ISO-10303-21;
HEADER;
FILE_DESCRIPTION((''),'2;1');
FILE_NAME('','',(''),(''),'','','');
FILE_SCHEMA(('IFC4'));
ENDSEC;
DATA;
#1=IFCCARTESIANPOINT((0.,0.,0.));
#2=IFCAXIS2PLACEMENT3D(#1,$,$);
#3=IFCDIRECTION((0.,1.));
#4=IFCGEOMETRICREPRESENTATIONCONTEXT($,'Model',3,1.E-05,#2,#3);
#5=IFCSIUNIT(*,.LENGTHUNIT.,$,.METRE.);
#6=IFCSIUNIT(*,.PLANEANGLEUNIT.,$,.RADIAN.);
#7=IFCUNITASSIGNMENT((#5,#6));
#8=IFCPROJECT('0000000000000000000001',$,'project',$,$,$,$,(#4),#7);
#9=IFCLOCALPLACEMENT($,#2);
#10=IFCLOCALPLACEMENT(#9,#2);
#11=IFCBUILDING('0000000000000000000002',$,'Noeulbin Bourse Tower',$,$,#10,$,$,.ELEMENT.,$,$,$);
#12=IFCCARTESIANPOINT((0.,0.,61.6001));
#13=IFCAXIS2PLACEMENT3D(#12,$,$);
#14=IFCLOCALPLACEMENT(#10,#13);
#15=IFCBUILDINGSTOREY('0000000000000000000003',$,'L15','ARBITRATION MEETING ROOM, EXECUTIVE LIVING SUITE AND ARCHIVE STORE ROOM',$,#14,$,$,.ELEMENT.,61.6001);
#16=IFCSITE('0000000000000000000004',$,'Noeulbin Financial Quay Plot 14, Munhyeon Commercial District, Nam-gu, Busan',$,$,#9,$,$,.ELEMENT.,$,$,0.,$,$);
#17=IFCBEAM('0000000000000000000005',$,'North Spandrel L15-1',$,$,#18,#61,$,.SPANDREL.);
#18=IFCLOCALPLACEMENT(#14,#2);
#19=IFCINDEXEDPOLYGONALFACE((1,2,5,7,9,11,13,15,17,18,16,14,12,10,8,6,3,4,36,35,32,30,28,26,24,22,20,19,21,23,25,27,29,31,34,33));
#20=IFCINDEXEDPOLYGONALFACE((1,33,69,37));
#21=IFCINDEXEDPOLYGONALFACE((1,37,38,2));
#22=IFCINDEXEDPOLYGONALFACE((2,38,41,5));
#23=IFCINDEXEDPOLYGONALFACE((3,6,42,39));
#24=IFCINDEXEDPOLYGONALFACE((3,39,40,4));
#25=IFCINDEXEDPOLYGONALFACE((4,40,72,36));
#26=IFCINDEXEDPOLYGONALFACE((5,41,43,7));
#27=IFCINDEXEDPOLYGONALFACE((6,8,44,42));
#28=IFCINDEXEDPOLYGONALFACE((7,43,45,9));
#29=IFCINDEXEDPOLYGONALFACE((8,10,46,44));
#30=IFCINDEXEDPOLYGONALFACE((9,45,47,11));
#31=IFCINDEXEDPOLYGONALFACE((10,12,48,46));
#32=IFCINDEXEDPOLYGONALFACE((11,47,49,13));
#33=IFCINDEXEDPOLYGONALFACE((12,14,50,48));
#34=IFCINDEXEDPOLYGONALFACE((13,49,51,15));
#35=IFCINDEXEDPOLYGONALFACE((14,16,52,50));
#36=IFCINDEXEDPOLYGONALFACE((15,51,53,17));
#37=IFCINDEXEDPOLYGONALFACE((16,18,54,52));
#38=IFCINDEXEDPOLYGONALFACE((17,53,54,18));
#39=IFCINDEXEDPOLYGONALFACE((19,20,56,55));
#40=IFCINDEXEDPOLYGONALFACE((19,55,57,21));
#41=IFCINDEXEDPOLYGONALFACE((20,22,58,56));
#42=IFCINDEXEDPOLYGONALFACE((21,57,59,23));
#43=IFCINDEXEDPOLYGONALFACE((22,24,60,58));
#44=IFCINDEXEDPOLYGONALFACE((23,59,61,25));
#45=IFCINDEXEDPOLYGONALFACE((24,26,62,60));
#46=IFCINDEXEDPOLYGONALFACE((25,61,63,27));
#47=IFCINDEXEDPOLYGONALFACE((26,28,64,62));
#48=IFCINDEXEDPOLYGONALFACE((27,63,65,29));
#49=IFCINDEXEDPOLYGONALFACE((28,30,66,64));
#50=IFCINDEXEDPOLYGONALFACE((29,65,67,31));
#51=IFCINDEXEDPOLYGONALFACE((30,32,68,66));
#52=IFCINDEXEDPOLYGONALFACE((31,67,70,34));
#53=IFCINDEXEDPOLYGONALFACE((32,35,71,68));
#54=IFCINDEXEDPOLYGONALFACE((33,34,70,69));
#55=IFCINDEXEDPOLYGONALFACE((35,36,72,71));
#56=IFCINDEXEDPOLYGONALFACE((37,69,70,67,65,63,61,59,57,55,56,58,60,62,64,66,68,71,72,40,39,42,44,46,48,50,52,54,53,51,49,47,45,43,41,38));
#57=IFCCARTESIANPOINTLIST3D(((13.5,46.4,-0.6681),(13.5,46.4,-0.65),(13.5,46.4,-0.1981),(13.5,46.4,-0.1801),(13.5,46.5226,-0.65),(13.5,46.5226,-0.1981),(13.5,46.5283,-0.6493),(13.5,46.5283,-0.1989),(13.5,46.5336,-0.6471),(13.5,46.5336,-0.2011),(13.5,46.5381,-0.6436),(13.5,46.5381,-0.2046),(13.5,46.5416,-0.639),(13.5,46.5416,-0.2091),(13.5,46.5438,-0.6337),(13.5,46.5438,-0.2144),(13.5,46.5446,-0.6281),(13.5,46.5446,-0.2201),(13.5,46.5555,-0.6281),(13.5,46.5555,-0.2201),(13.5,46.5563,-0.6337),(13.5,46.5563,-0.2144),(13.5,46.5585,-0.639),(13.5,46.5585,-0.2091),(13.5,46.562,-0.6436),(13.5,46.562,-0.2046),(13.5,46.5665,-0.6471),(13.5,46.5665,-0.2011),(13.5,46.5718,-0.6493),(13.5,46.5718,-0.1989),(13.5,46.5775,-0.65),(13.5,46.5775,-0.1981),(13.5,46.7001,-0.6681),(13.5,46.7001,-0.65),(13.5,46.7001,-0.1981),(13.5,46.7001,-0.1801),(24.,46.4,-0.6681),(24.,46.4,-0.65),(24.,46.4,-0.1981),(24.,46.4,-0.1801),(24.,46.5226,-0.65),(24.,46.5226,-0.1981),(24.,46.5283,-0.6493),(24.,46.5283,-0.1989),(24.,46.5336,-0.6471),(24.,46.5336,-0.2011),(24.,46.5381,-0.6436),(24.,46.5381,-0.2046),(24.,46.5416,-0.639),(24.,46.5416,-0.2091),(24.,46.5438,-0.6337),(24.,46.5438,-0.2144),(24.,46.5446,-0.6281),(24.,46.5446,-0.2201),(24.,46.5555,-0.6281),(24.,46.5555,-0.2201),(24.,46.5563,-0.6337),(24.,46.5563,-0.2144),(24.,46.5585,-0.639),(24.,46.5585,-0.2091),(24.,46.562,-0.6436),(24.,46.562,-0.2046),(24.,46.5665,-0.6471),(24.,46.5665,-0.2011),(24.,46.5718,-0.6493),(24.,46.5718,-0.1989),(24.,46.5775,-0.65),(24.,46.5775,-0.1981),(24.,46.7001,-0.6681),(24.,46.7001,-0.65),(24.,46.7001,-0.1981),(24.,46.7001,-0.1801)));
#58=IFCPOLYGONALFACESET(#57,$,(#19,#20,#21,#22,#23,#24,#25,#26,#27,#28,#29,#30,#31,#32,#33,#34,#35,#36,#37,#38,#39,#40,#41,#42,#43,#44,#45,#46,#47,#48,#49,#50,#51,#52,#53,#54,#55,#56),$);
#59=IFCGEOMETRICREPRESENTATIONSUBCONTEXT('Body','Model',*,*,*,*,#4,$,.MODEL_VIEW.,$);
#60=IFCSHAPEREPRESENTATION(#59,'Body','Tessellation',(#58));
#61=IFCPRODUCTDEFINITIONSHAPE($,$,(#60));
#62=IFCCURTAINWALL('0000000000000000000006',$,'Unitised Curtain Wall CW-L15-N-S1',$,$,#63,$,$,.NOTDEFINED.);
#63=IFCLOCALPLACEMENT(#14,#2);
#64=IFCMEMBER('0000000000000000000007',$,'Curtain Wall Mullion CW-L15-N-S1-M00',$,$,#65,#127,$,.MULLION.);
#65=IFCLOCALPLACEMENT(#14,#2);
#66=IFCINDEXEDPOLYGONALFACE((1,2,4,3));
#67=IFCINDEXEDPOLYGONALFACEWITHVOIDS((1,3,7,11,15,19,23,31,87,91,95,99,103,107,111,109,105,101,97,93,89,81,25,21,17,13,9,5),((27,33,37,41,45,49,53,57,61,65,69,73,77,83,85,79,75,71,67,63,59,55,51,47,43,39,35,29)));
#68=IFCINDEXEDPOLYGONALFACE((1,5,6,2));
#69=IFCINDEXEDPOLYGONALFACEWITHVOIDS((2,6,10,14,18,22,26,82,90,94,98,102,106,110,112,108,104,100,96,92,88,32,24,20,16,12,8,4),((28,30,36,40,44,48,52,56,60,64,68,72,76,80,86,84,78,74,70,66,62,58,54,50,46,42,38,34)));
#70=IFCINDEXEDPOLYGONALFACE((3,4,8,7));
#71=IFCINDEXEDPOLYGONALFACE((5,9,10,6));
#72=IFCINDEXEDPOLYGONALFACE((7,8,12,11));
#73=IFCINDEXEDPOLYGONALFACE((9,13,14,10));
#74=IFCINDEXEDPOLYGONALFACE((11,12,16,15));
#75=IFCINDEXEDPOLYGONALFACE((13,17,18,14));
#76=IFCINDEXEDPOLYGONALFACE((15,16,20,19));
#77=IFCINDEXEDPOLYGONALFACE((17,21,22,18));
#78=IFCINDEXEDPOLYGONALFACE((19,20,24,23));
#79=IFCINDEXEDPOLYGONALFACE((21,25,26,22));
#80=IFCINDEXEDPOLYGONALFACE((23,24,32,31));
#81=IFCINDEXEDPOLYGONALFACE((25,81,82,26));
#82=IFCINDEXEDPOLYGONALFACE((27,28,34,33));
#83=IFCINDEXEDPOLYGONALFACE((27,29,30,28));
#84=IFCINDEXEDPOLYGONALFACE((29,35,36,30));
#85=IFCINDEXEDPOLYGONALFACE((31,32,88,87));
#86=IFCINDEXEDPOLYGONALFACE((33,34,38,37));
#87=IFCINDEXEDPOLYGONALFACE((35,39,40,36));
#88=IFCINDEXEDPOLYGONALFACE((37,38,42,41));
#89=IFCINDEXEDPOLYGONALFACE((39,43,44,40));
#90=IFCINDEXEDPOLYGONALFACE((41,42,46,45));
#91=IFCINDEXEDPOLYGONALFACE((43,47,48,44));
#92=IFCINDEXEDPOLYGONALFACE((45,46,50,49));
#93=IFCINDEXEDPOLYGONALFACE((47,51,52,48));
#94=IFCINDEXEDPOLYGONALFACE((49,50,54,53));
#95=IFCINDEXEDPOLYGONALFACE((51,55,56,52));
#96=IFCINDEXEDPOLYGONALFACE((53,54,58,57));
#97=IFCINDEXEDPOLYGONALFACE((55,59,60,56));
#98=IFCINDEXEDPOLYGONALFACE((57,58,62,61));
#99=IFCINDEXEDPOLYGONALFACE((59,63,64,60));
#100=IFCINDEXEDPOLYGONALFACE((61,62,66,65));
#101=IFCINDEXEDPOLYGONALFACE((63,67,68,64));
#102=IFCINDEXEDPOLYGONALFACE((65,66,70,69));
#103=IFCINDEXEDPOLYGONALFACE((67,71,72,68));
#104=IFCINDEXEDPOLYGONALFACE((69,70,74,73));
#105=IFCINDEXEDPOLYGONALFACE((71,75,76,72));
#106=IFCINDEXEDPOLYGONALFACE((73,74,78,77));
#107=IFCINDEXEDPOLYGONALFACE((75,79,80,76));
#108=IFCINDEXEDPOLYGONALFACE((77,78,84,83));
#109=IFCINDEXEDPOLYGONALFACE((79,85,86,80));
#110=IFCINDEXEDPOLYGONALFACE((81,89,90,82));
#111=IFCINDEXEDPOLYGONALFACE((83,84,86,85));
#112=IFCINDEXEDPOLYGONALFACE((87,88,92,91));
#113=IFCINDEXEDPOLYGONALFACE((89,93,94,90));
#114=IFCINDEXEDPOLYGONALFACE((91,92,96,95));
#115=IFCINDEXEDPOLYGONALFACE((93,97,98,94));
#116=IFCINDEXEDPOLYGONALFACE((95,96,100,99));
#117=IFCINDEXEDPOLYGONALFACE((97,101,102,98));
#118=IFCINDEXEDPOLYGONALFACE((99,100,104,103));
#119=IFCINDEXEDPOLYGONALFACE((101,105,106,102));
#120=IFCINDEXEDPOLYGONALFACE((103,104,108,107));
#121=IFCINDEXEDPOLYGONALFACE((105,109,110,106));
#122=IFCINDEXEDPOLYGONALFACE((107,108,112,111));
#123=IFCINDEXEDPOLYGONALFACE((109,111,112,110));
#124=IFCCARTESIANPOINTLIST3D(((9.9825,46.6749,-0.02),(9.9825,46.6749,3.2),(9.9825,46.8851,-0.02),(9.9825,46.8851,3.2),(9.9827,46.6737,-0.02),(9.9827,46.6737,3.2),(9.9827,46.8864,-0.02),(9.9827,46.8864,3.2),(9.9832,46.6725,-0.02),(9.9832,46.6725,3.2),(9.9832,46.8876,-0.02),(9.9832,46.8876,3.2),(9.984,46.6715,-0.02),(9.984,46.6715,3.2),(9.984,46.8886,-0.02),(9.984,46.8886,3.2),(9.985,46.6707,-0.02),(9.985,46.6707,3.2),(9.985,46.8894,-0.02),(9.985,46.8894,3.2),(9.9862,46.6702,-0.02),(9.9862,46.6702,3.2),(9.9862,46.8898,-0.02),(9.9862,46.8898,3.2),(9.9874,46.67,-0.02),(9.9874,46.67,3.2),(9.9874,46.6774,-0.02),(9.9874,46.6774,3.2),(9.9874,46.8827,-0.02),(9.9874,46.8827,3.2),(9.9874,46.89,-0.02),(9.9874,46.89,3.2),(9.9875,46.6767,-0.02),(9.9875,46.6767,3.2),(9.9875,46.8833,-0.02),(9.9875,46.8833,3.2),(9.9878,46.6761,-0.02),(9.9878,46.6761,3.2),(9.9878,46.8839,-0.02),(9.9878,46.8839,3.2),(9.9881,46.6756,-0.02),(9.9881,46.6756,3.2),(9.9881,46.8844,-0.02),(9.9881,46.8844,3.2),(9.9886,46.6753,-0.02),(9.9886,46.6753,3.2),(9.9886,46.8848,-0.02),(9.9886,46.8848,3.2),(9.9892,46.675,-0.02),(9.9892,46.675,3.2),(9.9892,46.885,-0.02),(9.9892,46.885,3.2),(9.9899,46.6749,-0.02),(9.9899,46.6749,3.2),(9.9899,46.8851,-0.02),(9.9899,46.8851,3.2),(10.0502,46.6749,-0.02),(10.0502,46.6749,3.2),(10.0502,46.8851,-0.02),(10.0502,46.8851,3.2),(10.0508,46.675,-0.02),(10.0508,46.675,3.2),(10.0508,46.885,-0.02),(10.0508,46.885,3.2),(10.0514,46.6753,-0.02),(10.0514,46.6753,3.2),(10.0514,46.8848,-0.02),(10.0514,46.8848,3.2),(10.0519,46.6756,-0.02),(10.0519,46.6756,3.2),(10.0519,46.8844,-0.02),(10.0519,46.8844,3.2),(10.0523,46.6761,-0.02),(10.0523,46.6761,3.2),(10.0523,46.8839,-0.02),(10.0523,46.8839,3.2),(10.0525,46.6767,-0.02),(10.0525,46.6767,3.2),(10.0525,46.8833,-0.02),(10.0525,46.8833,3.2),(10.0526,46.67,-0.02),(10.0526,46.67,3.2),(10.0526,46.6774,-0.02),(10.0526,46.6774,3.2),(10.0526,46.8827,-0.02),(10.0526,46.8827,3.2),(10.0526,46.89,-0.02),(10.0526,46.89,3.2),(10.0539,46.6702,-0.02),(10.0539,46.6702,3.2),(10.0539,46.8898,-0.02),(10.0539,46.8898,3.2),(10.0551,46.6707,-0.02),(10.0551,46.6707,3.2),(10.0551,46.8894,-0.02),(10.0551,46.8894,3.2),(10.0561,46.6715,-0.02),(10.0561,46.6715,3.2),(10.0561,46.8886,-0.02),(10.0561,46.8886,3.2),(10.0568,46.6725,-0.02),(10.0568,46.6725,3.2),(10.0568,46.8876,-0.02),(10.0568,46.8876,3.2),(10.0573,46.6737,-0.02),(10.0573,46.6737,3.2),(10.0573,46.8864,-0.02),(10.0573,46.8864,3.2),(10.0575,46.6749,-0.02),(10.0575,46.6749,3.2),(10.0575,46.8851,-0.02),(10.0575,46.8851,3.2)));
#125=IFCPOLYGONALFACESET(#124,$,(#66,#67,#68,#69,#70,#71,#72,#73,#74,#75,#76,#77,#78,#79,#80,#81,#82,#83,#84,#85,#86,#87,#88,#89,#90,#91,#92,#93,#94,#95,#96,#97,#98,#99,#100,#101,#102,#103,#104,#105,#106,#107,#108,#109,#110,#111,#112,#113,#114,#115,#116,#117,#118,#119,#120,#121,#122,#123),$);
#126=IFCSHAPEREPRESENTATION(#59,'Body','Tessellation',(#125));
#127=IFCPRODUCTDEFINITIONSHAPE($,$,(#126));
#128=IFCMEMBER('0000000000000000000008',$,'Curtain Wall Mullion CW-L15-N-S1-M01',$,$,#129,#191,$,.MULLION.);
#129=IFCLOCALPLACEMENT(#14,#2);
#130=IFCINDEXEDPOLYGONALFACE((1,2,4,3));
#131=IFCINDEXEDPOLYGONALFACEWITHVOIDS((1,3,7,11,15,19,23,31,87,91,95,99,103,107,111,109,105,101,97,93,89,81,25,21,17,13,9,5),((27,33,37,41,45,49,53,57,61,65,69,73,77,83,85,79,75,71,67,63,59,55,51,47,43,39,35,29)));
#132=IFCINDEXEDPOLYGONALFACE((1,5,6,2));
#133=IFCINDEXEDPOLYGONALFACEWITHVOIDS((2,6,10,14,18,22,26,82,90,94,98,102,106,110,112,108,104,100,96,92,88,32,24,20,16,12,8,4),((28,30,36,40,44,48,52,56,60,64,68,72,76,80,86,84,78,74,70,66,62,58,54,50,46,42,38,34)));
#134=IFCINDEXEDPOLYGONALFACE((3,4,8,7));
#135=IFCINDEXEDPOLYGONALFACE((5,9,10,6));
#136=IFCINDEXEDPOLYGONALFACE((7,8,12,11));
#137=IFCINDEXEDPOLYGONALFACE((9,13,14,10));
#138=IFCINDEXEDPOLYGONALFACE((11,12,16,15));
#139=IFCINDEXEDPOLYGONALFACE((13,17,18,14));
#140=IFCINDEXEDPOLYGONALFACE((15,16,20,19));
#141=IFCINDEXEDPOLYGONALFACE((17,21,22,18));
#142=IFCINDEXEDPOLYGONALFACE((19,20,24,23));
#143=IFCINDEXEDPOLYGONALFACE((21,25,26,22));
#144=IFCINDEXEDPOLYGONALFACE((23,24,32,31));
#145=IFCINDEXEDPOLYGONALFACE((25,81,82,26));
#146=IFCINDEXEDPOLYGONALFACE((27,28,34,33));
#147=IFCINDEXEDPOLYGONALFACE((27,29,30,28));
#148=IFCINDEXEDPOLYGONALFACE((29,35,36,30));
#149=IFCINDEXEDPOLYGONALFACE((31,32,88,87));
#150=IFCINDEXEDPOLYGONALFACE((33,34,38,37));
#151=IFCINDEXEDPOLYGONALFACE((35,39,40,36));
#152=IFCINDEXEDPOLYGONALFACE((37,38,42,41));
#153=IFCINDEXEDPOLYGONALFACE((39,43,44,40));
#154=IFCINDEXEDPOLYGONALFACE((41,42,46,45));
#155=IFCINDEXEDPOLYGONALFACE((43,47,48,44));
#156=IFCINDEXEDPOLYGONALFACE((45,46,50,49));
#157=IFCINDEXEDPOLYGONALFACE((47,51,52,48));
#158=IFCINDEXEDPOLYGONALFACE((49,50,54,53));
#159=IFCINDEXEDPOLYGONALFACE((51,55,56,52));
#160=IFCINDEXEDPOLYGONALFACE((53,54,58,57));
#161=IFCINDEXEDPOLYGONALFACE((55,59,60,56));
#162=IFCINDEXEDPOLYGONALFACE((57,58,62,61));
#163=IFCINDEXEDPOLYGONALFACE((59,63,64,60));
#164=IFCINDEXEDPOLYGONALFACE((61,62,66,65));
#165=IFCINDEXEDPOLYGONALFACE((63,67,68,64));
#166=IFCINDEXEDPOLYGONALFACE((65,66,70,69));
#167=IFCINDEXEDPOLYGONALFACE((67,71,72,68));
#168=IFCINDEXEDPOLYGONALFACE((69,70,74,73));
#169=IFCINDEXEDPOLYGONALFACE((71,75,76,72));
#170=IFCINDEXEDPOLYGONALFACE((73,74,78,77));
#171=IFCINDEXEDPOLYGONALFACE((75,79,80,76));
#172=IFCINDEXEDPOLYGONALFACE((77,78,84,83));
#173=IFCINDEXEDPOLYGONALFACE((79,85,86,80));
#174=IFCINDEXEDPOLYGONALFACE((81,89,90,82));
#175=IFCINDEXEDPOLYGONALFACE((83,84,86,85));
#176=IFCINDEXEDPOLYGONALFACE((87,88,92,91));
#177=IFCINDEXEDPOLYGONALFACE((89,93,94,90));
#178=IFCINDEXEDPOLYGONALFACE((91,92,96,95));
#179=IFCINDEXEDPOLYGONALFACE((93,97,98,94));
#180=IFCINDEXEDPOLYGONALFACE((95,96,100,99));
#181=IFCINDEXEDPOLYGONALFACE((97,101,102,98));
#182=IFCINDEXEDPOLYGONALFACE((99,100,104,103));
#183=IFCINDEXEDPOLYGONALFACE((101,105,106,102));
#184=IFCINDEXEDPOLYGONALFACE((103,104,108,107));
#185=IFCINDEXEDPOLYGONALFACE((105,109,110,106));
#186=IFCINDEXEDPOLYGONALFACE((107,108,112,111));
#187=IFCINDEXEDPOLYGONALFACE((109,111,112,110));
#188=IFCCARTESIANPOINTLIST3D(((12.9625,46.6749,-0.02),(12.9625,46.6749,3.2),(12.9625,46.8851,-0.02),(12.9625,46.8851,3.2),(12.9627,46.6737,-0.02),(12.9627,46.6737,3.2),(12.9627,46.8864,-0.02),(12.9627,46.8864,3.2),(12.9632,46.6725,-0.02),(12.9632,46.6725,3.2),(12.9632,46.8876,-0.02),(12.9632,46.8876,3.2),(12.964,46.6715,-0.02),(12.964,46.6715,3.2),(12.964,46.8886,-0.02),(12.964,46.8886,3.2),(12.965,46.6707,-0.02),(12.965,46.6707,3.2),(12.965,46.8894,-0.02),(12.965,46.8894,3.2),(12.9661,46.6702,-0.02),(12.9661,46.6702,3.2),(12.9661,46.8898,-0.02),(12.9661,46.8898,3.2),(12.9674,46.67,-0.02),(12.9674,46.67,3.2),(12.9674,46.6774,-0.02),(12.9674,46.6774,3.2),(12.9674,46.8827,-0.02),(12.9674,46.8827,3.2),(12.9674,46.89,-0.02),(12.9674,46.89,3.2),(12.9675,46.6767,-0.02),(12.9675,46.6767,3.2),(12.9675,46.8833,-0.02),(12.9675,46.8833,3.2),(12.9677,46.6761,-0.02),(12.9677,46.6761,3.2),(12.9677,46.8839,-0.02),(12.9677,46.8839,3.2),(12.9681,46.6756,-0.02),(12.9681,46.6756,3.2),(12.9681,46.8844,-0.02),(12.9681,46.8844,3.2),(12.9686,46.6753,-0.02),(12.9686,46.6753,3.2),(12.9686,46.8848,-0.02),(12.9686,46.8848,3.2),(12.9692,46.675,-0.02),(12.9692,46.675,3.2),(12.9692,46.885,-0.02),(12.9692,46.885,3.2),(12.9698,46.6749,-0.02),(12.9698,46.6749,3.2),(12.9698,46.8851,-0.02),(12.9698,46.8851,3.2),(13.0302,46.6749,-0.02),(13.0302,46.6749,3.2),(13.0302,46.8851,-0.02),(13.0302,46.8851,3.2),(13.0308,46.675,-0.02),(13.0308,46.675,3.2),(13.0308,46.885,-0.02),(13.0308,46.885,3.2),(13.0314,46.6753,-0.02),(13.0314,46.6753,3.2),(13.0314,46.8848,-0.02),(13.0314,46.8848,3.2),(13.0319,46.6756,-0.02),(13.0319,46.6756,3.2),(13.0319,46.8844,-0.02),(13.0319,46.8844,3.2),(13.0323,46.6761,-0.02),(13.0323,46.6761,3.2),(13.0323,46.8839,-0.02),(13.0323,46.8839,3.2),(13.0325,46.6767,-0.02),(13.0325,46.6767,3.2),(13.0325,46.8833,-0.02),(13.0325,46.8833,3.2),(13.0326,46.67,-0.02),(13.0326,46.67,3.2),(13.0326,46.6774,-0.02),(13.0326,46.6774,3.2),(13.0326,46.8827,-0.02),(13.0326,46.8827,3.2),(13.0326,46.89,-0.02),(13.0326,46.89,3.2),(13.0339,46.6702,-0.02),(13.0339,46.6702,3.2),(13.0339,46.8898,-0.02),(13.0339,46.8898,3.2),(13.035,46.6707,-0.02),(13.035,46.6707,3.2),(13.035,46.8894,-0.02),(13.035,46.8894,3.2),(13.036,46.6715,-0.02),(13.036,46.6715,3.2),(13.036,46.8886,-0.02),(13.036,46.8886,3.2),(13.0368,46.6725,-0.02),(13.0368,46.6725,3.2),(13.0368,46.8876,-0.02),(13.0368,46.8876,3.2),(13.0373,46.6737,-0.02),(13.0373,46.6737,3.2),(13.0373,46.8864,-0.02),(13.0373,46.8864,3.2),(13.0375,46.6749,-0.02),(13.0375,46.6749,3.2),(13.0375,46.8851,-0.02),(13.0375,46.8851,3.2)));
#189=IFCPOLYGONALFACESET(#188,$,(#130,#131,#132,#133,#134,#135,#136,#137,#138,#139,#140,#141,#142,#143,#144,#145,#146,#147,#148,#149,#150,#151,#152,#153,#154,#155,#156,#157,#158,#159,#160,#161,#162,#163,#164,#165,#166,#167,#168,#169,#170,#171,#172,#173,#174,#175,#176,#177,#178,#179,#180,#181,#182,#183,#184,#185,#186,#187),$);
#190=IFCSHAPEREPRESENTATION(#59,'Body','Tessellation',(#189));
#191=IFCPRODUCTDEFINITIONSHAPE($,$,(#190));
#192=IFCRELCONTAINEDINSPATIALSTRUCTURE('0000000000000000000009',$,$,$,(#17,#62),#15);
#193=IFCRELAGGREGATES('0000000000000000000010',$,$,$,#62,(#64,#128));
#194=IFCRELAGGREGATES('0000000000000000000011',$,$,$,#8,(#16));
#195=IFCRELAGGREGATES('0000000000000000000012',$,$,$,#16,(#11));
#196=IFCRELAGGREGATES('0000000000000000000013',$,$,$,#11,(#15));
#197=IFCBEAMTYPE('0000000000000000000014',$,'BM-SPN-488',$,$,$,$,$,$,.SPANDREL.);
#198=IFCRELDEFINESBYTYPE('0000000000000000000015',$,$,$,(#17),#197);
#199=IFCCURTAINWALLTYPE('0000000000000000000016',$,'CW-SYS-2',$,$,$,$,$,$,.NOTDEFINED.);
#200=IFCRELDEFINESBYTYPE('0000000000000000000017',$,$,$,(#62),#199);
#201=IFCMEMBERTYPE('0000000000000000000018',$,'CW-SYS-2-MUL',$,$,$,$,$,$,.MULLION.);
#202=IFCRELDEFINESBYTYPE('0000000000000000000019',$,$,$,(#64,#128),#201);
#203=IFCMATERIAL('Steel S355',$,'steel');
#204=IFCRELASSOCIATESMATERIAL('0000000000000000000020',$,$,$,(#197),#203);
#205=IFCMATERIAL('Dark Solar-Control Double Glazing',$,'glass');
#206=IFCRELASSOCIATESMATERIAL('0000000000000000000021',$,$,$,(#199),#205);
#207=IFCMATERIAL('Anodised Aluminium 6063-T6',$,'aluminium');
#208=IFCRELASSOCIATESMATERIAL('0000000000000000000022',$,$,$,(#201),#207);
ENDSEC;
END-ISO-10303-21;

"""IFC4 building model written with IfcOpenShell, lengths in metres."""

from ifc_helpers import new_model, si_unit, direction, frame, origin, origin_2d, place, context, subcontext, project, spatial, hollow_rectangle, i_section, extrude, material, material_profile, profile_set, type_object, element, aggregate, save


model = new_model("IFC4")

# Units and contexts
model_context = context("Model", 3, precision=1e-05, world=origin(), true_north=direction((0.0, 1.0)))
body_context = subcontext(model_context, "Body", "Model", "MODEL_VIEW")
ifc_project = project(units=[si_unit("LENGTHUNIT", "METRE"), si_unit("PLANEANGLEUNIT", "RADIAN")], contexts=[model_context])

# Site, building, storey
site_placement = place(None, origin())
site = spatial("IfcSite", under=ifc_project, at=site_placement, Name="Noeulbin Financial Quay Plot 14, Munhyeon Commercial District, Nam-gu, Busan", CompositionType="ELEMENT", RefElevation=0.0)
building_placement = place(site_placement, origin())
building = spatial("IfcBuilding", under=site, at=building_placement, Name="Noeulbin Bourse Tower", CompositionType="ELEMENT")
storey_placement = place(building_placement, frame((0.0, 0.0, 61.6001)))
storey = spatial("IfcBuildingStorey", under=building, at=storey_placement, Name="L15", Description="ARBITRATION MEETING ROOM, EXECUTIVE LIVING SUITE AND ARCHIVE STORE ROOM", CompositionType="ELEMENT", Elevation=61.6001)

# Beam
ifc_material_1 = material(Name="Steel S355", Category="steel")
ifc_material_profile_1 = material_profile(ifc_material_1, i_section(OverallWidth=0.3, OverallDepth=0.488, WebThickness=0.011, FlangeThickness=0.0181, FilletRadius=0.022, at=origin_2d()), Name="H-488x300x11x18", Category="LoadBearing")
ifc_profile_set_1 = profile_set([ifc_material_profile_1], Name="Steel S355")
beam_type_1 = type_object("IfcBeamType", Name="BM-SPN-488", PredefinedType="SPANDREL", material=ifc_profile_set_1)
beam_1_placement = place(storey_placement, frame((13.5, 46.55, -0.4241), z_axis=(1.0, 0.0, 0.0), x_axis=(0.0, 1.0, 0.0)))
element("IfcBeam", 1, at=beam_1_placement, inside=storey, type_object=beam_type_1, Name="North Spandrel L15-1", PredefinedType="SPANDREL", context=body_context, shape_type="SweptSolid", body=[
    extrude(i_section(OverallWidth=0.3, OverallDepth=0.488, WebThickness=0.011, FlangeThickness=0.0181, FilletRadius=0.022, at=origin_2d()), origin(), (0.0, 0.0, 1.0), 10.5),
])

# Curtain wall, members
ifc_material_2 = material(Name="Dark Solar-Control Double Glazing", Category="glass")
curtain_wall_type = type_object("IfcCurtainWallType", Name="CW-SYS-2", PredefinedType="NOTDEFINED", material=ifc_material_2)
curtain_wall_1_placement = place(storey_placement, origin())
curtain_wall_1 = element("IfcCurtainWall", 2, at=curtain_wall_1_placement, inside=storey, type_object=curtain_wall_type, Name="Unitised Curtain Wall CW-L15-N-S1", PredefinedType="NOTDEFINED")
ifc_material_3 = material(Name="Anodised Aluminium 6063-T6", Category="aluminium")
ifc_material_profile_2 = material_profile(ifc_material_3, hollow_rectangle(XDim=0.075, YDim=0.22, WallThickness=0.0049, InnerFilletRadius=0.0024, OuterFilletRadius=0.0049, at=origin_2d()), Name="ALU-MULL-75x220x5", Category="LoadBearing")
ifc_profile_set_2 = profile_set([ifc_material_profile_2], Name="Anodised Aluminium 6063-T6")
member_type_1 = type_object("IfcMemberType", Name="CW-SYS-2-MUL", PredefinedType="MULLION", material=ifc_profile_set_2)
member_1_placement = place(storey_placement, frame((10.02, 46.78, -0.02), z_axis=(0.0, 0.0, 1.0), x_axis=(1.0, 0.0, 0.0)))
member_1 = element("IfcMember", 3, at=member_1_placement, type_object=member_type_1, Name="Curtain Wall Mullion CW-L15-N-S1-M00", PredefinedType="MULLION", context=body_context, shape_type="SweptSolid", body=[
    extrude(hollow_rectangle(XDim=0.075, YDim=0.22, WallThickness=0.0049, InnerFilletRadius=0.0024, OuterFilletRadius=0.0049, at=origin_2d()), origin(), (0.0, 0.0, 1.0), 3.22),
])
member_2_placement = place(storey_placement, frame((13.0, 46.78, -0.02), z_axis=(0.0, 0.0, 1.0), x_axis=(1.0, 0.0, 0.0)))
member_2 = element("IfcMember", 4, at=member_2_placement, type_object=member_type_1, Name="Curtain Wall Mullion CW-L15-N-S1-M01", PredefinedType="MULLION", context=body_context, shape_type="SweptSolid", body=[
    extrude(hollow_rectangle(XDim=0.075, YDim=0.22, WallThickness=0.0049, InnerFilletRadius=0.0024, OuterFilletRadius=0.0049, at=origin_2d()), origin(), (0.0, 0.0, 1.0), 3.22),
])

aggregate(curtain_wall_1, [member_1, member_2])

save(model, "model.ifc")
